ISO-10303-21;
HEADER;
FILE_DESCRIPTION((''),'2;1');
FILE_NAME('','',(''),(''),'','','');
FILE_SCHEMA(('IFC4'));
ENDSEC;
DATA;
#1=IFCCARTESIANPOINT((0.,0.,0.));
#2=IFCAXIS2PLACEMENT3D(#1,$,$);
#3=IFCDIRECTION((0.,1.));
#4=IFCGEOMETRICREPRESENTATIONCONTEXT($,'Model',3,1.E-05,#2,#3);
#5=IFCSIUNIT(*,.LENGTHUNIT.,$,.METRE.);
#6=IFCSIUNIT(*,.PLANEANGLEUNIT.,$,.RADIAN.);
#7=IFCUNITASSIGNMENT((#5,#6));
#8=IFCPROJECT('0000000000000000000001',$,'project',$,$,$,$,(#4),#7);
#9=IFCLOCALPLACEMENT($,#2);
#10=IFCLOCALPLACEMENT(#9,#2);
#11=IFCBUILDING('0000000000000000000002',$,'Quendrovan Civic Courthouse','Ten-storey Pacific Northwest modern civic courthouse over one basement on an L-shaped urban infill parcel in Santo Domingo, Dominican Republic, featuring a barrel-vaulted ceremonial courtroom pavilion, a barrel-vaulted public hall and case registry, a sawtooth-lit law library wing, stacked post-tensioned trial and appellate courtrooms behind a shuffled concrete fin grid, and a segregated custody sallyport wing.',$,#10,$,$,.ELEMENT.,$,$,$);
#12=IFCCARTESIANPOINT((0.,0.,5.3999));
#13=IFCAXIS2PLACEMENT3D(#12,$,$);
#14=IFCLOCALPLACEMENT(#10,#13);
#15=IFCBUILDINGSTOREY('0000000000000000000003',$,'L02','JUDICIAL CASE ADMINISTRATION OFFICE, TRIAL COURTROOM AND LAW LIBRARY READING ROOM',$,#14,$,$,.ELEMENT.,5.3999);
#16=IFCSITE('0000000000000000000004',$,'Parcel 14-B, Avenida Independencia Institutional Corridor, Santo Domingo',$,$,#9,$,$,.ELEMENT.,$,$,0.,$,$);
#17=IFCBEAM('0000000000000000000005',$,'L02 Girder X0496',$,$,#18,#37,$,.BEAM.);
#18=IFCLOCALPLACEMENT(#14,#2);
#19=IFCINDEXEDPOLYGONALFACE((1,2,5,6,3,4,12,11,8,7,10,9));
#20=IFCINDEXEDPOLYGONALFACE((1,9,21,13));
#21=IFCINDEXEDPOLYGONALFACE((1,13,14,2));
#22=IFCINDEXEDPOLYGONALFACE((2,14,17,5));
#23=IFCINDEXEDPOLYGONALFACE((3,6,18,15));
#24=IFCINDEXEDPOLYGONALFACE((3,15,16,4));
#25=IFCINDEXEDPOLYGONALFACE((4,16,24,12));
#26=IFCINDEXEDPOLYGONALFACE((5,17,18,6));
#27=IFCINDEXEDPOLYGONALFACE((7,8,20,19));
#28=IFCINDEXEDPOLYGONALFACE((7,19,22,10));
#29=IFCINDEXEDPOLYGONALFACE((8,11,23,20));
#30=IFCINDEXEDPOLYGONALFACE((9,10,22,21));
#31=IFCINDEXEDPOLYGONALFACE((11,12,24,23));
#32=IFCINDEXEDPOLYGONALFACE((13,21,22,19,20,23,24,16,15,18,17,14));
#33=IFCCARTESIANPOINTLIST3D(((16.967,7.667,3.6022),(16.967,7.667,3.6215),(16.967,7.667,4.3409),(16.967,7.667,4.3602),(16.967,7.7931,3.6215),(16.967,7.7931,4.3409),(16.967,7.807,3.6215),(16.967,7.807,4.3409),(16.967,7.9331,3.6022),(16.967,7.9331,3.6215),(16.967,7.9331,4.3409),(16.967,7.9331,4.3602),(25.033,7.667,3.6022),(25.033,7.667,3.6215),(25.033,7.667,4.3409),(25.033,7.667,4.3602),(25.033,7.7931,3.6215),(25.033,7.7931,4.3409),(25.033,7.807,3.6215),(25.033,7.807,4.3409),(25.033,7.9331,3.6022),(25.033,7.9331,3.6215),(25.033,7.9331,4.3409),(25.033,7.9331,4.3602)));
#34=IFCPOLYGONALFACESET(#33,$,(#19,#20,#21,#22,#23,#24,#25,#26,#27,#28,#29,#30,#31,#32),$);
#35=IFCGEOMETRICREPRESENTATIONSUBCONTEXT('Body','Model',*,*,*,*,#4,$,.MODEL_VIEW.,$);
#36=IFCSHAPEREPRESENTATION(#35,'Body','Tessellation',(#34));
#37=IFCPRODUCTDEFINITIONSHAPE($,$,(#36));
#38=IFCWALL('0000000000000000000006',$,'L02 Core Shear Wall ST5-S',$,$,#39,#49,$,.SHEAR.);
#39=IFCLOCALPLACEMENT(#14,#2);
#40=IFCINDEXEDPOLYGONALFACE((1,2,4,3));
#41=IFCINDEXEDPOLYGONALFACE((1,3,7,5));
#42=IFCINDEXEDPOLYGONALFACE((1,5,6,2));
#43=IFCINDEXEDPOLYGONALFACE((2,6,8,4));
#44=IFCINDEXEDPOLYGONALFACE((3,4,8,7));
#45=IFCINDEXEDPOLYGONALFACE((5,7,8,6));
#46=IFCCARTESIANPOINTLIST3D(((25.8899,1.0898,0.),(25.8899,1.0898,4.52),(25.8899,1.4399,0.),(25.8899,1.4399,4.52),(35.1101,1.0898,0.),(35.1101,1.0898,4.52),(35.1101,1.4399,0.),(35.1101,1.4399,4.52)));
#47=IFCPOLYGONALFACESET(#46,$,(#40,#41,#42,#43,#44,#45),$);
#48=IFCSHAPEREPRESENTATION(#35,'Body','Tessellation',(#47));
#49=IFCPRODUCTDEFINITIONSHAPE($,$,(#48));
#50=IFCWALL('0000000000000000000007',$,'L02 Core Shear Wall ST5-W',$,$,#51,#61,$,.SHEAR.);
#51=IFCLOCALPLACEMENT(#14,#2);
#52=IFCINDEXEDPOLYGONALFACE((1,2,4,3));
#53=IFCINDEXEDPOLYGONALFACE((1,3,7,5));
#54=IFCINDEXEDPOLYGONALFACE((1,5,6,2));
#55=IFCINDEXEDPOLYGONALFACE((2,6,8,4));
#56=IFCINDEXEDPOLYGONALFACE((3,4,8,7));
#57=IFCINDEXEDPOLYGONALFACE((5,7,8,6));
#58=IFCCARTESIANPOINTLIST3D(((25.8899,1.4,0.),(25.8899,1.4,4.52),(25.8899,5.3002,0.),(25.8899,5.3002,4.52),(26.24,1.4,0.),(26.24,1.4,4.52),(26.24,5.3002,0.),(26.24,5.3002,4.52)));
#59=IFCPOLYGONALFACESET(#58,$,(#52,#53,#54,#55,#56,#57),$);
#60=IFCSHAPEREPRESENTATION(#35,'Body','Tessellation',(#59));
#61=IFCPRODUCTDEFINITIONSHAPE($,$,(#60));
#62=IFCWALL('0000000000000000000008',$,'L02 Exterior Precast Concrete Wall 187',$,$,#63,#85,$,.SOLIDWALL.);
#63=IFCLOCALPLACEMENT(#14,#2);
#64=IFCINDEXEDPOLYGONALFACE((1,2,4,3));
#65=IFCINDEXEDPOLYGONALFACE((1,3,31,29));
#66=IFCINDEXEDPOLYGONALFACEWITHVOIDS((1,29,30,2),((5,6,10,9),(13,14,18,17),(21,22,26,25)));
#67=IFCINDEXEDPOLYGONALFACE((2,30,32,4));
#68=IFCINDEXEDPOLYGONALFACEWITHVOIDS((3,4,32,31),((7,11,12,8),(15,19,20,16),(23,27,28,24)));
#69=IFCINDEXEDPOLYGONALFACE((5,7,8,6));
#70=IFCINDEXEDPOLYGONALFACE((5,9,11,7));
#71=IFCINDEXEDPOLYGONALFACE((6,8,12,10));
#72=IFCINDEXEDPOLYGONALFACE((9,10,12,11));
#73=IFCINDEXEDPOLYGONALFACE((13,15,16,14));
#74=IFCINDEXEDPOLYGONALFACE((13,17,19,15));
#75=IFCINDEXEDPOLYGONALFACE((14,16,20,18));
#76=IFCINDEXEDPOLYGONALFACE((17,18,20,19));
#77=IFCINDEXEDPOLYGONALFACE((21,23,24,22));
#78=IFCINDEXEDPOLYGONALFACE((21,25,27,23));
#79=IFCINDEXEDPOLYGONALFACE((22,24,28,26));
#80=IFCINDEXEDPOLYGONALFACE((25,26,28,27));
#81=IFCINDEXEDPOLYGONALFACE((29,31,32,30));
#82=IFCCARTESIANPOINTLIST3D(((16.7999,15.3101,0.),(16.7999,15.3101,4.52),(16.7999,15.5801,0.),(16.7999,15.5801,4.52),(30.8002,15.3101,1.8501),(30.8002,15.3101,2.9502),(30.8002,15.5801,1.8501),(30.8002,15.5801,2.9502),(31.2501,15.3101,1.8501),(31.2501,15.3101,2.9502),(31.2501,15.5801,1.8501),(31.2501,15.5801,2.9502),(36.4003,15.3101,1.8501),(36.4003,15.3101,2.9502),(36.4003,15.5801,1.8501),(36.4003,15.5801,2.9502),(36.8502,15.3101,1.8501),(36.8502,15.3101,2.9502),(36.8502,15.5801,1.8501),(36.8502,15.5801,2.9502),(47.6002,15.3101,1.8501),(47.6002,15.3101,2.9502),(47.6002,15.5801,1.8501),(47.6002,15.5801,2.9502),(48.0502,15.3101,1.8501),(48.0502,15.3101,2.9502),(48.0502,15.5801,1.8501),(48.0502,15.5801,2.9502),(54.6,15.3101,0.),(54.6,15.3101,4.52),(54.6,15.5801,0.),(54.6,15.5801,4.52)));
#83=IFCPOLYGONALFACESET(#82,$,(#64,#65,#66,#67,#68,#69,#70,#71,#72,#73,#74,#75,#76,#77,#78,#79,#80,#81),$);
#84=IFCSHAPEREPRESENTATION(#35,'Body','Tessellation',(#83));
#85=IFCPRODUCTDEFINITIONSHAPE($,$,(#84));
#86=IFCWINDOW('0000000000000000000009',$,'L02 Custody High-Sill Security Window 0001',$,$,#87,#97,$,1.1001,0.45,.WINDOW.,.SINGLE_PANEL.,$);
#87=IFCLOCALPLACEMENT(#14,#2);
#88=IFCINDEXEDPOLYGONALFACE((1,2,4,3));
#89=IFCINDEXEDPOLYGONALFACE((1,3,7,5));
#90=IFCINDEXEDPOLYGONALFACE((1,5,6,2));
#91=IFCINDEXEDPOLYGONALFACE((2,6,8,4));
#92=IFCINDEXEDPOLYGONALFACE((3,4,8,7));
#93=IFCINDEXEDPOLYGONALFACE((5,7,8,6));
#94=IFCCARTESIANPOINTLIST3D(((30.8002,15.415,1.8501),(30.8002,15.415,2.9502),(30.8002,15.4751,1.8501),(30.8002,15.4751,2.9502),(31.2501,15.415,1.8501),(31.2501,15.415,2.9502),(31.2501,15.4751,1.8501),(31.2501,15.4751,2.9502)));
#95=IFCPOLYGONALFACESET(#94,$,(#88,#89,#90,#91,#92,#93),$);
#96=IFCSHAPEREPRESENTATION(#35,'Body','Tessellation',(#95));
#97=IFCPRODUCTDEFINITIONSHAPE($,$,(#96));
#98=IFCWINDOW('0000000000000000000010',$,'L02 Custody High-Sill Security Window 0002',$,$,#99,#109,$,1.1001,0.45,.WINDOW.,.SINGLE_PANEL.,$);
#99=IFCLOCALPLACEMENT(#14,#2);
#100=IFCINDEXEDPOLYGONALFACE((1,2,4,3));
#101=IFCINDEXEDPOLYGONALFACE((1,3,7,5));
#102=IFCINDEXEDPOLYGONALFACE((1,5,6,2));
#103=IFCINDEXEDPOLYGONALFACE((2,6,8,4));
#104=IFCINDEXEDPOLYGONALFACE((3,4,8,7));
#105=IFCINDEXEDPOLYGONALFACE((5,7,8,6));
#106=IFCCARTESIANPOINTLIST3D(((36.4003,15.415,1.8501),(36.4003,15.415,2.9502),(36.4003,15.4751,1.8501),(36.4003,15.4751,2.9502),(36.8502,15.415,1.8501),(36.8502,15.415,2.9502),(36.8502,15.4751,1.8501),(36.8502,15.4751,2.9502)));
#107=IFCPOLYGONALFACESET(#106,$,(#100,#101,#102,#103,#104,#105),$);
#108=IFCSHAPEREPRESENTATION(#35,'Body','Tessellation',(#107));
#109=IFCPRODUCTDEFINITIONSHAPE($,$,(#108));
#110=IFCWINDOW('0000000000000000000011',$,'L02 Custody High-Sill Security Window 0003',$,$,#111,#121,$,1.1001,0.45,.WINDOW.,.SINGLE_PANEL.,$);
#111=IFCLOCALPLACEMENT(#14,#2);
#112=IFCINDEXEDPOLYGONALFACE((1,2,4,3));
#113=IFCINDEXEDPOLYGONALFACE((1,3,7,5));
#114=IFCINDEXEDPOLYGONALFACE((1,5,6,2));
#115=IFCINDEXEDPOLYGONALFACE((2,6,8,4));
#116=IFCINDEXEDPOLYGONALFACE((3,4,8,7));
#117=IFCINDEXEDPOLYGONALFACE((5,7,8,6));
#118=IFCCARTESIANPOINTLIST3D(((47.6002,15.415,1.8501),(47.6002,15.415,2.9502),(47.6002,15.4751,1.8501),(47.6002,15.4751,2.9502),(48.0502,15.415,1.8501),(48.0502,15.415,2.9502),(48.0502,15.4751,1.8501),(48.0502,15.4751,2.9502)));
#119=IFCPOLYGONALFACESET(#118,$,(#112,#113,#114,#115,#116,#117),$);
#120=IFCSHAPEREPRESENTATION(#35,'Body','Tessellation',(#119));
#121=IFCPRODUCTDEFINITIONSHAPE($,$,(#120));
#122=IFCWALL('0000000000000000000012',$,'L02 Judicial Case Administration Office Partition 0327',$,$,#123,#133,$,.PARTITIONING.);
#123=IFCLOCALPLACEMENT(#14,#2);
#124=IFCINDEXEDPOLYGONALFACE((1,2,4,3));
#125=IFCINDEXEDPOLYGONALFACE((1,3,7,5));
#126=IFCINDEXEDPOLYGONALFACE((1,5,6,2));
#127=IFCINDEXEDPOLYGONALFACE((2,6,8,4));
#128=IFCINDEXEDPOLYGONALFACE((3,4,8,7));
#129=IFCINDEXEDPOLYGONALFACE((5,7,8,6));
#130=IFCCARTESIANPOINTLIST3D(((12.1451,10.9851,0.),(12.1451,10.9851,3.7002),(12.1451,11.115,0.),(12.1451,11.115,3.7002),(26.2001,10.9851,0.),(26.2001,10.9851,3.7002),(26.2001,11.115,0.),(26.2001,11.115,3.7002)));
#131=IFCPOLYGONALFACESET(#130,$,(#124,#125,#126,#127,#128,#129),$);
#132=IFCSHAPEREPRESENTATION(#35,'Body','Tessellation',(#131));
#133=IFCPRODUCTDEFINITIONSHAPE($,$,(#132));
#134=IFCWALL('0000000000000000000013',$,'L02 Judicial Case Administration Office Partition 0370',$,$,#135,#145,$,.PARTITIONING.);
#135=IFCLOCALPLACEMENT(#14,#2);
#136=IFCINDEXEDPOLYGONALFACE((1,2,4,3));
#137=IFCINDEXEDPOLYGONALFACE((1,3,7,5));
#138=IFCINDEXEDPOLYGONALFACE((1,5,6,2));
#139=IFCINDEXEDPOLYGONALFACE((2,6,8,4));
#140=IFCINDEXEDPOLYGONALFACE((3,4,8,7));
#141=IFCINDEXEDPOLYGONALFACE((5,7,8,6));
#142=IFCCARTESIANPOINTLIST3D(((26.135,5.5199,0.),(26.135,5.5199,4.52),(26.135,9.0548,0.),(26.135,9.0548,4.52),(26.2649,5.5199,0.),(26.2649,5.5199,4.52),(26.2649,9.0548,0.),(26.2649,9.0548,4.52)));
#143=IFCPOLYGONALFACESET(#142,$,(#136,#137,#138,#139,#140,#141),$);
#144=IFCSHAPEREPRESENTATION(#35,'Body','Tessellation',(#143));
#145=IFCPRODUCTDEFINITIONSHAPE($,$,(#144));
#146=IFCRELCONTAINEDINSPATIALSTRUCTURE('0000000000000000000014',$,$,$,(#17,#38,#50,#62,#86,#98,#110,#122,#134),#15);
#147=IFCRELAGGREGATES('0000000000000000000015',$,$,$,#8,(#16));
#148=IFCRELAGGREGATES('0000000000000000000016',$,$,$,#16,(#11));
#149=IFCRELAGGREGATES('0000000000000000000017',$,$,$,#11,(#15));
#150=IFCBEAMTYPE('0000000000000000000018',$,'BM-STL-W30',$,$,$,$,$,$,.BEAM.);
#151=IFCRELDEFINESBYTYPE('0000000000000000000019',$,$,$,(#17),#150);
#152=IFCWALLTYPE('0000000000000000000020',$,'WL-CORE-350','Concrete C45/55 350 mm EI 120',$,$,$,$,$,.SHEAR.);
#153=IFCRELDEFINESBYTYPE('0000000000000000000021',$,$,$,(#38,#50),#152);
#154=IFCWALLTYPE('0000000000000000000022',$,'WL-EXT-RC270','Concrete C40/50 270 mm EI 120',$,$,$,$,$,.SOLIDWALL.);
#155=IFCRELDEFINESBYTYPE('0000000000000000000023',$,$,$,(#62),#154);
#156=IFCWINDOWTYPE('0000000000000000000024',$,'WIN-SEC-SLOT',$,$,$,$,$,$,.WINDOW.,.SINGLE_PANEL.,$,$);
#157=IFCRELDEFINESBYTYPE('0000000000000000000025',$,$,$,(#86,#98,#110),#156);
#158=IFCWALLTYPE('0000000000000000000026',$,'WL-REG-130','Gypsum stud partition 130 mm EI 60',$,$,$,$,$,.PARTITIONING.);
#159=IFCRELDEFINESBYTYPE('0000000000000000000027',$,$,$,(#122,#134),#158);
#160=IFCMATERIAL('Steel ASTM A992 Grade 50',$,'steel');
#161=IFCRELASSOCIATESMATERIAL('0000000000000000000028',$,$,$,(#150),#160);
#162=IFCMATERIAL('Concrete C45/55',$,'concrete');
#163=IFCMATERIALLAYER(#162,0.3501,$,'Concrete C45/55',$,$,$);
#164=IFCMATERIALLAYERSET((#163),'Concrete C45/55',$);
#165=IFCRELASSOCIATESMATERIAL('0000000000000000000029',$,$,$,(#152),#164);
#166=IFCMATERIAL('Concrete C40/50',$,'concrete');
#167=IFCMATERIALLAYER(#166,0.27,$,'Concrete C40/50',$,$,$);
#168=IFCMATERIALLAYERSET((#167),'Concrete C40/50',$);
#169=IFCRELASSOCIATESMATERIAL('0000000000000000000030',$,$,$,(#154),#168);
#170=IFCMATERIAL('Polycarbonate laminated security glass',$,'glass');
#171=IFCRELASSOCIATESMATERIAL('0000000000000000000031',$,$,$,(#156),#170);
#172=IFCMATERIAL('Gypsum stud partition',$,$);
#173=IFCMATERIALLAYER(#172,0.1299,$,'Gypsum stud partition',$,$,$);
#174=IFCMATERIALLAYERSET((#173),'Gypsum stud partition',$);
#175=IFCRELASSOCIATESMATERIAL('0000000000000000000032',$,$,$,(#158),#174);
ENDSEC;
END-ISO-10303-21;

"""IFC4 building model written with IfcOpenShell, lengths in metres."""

from ifc_helpers import new_model, si_unit, direction, frame, frame_2d, origin, origin_2d, place, context, subcontext, project, spatial, rectangle, i_section, extrude, material, layer, layer_set, material_profile, profile_set, type_object, element, fill, save


model = new_model("IFC4")

# Units and contexts
model_context = context("Model", 3, precision=1e-05, world=origin(), true_north=direction((0.0, 1.0)))
body_context = subcontext(model_context, "Body", "Model", "MODEL_VIEW")
ifc_project = project(units=[si_unit("LENGTHUNIT", "METRE"), si_unit("PLANEANGLEUNIT", "RADIAN")], contexts=[model_context])

# Site, building, storey
site_placement = place(None, origin())
site = spatial("IfcSite", under=ifc_project, at=site_placement, Name="Parcel 14-B, Avenida Independencia Institutional Corridor, Santo Domingo", CompositionType="ELEMENT", RefElevation=0.0)
building_placement = place(site_placement, origin())
building = spatial("IfcBuilding", under=site, at=building_placement, Name="Quendrovan Civic Courthouse", Description="Ten-storey Pacific Northwest modern civic courthouse over one basement on an L-shaped urban infill parcel in Santo Domingo, Dominican Republic, featuring a barrel-vaulted ceremonial courtroom pavilion, a barrel-vaulted public hall and case registry, a sawtooth-lit law library wing, stacked post-tensioned trial and appellate courtrooms behind a shuffled concrete fin grid, and a segregated custody sallyport wing.", CompositionType="ELEMENT")
storey_placement = place(building_placement, frame((0.0, 0.0, 5.3999)))
storey = spatial("IfcBuildingStorey", under=building, at=storey_placement, Name="L02", Description="JUDICIAL CASE ADMINISTRATION OFFICE, TRIAL COURTROOM AND LAW LIBRARY READING ROOM", CompositionType="ELEMENT", Elevation=5.3999)

# Shared definitions
ifc_material_1 = material(Name="Concrete C45/55", Category="concrete")
ifc_material_2 = material(Name="Steel ASTM A992 Grade 50", Category="steel")

# Beam
ifc_material_3 = material(Name="Concrete C40/50", Category="concrete")
ifc_material_profile_1 = material_profile(ifc_material_2, i_section(OverallWidth=0.2661, OverallDepth=0.7581, WebThickness=0.0139, FlangeThickness=0.0193, at=origin_2d()), Name="W30X108")
ifc_profile_set_1 = profile_set([ifc_material_profile_1], Name="Steel ASTM A992 Grade 50")
beam_type_1 = type_object("IfcBeamType", Name="BM-STL-W30", PredefinedType="BEAM", material=ifc_profile_set_1)
beam_1_placement = place(storey_placement, frame((16.967, 7.8, 3.9812), z_axis=(1.0, 0.0, 0.0), x_axis=(0.0, 1.0, 0.0)))
element("IfcBeam", 1, at=beam_1_placement, inside=storey, type_object=beam_type_1, Name="L02 Girder X0496", PredefinedType="BEAM", context=body_context, shape_type="SweptSolid", body=[
    extrude(i_section(OverallWidth=0.2661, OverallDepth=0.7581, WebThickness=0.0139, FlangeThickness=0.0193, at=origin_2d()), origin(), (0.0, 0.0, 1.0), 8.0659),
])

# Walls
ifc_layer_1 = layer(ifc_material_1, 0.3501, Name="Concrete C45/55")
ifc_layer_set_1 = layer_set([ifc_layer_1], Name="Concrete C45/55")
wall_type_1 = type_object("IfcWallType", Name="WL-CORE-350", Description="Concrete C45/55 350 mm EI 120", PredefinedType="SHEAR", material=ifc_layer_set_1)
wall_1_placement = place(storey_placement, frame((25.8899, 1.2649, 0.0), z_axis=(0.0, 0.0, 1.0), x_axis=(1.0, 0.0, 0.0)))
element("IfcWall", 2, at=wall_1_placement, inside=storey, type_object=wall_type_1, Name="L02 Core Shear Wall ST5-S", PredefinedType="SHEAR", context=body_context, shape_type="SweptSolid", body=[
    extrude(rectangle(XDim=9.2202, YDim=0.3501, at=frame_2d((4.6101, 0.0))), origin(), (0.0, 0.0, 1.0), 4.52),
])
wall_2_placement = place(storey_placement, frame((26.0649, 1.3999, 0.0), z_axis=(0.0, 0.0, 1.0), x_axis=(0.0, 1.0, 0.0)))
element("IfcWall", 3, at=wall_2_placement, inside=storey, type_object=wall_type_1, Name="L02 Core Shear Wall ST5-W", PredefinedType="SHEAR", context=body_context, shape_type="SweptSolid", body=[
    extrude(rectangle(XDim=3.9001, YDim=0.3501, at=frame_2d((1.9502, 0.0))), origin(), (0.0, 0.0, 1.0), 4.52),
])

# Wall, openings, windows
ifc_layer_2 = layer(ifc_material_3, 0.27, Name="Concrete C40/50")
ifc_layer_set_2 = layer_set([ifc_layer_2], Name="Concrete C40/50")
wall_type_2 = type_object("IfcWallType", Name="WL-EXT-RC270", Description="Concrete C40/50 270 mm EI 120", PredefinedType="SOLIDWALL", material=ifc_layer_set_2)
wall_3_placement = place(storey_placement, frame((16.8, 15.4451, 0.0), z_axis=(0.0, 0.0, 1.0), x_axis=(1.0, 0.0, 0.0)))
wall_3 = element("IfcWall", 4, at=wall_3_placement, inside=storey, type_object=wall_type_2, Name="L02 Exterior Precast Concrete Wall 187", PredefinedType="SOLIDWALL", context=body_context, shape_type="SweptSolid", body=[
    extrude(rectangle(XDim=37.8, YDim=0.27, at=frame_2d((18.8999, 0.0))), origin(), (0.0, 0.0, 1.0), 4.52),
])
opening_1_placement = place(wall_3_placement, frame((14.0, 0.0, 1.8501)))
opening_1 = element("IfcOpeningElement", 5, at=opening_1_placement, cuts=wall_3, PredefinedType="OPENING", context=body_context, shape_type="SweptSolid", body=[
    extrude(rectangle(XDim=0.45, YDim=1.1001, at=frame_2d((0.2251, 0.55))), frame((0.0, 0.145, 0.0), z_axis=(0.0, -1.0, 0.0), x_axis=(1.0, 0.0, 0.0)), (0.0, 0.0, 1.0), 0.29),
])
opening_2_placement = place(wall_3_placement, frame((19.6001, 0.0, 1.8501)))
opening_2 = element("IfcOpeningElement", 6, at=opening_2_placement, cuts=wall_3, PredefinedType="OPENING", context=body_context, shape_type="SweptSolid", body=[
    extrude(rectangle(XDim=0.45, YDim=1.1001, at=frame_2d((0.2251, 0.55))), frame((0.0, 0.145, 0.0), z_axis=(0.0, -1.0, 0.0), x_axis=(1.0, 0.0, 0.0)), (0.0, 0.0, 1.0), 0.29),
])
opening_3_placement = place(wall_3_placement, frame((30.8, 0.0, 1.8501)))
opening_3 = element("IfcOpeningElement", 7, at=opening_3_placement, cuts=wall_3, PredefinedType="OPENING", context=body_context, shape_type="SweptSolid", body=[
    extrude(rectangle(XDim=0.45, YDim=1.1001, at=frame_2d((0.2251, 0.55))), frame((0.0, 0.145, 0.0), z_axis=(0.0, -1.0, 0.0), x_axis=(1.0, 0.0, 0.0)), (0.0, 0.0, 1.0), 0.29),
])
ifc_material_4 = material(Name="Polycarbonate laminated security glass", Category="glass")
window_type = type_object("IfcWindowType", Name="WIN-SEC-SLOT", PartitioningType="SINGLE_PANEL", PredefinedType="WINDOW", material=ifc_material_4)
window_1_placement = place(opening_1_placement, origin())
window_1 = element("IfcWindow", 8, at=window_1_placement, inside=storey, type_object=window_type, Name="L02 Custody High-Sill Security Window 0001", OverallHeight=1.1001, OverallWidth=0.45, PartitioningType="SINGLE_PANEL", PredefinedType="WINDOW", context=body_context, shape_type="SweptSolid", body=[
    extrude(rectangle(XDim=0.45, YDim=1.1001, at=frame_2d((0.2251, 0.55))), frame((0.0, 0.03, 0.0), z_axis=(0.0, -1.0, 0.0), x_axis=(1.0, 0.0, 0.0)), (0.0, 0.0, 1.0), 0.0601),
])
fill(opening_1, window_1)
window_2_placement = place(opening_2_placement, origin())
window_2 = element("IfcWindow", 9, at=window_2_placement, inside=storey, type_object=window_type, Name="L02 Custody High-Sill Security Window 0002", OverallHeight=1.1001, OverallWidth=0.45, PartitioningType="SINGLE_PANEL", PredefinedType="WINDOW", context=body_context, shape_type="SweptSolid", body=[
    extrude(rectangle(XDim=0.45, YDim=1.1001, at=frame_2d((0.2251, 0.55))), frame((0.0, 0.03, 0.0), z_axis=(0.0, -1.0, 0.0), x_axis=(1.0, 0.0, 0.0)), (0.0, 0.0, 1.0), 0.0601),
])
fill(opening_2, window_2)
window_3_placement = place(opening_3_placement, origin())
window_3 = element("IfcWindow", 10, at=window_3_placement, inside=storey, type_object=window_type, Name="L02 Custody High-Sill Security Window 0003", OverallHeight=1.1001, OverallWidth=0.45, PartitioningType="SINGLE_PANEL", PredefinedType="WINDOW", context=body_context, shape_type="SweptSolid", body=[
    extrude(rectangle(XDim=0.45, YDim=1.1001, at=frame_2d((0.2251, 0.55))), frame((0.0, 0.03, 0.0), z_axis=(0.0, -1.0, 0.0), x_axis=(1.0, 0.0, 0.0)), (0.0, 0.0, 1.0), 0.0601),
])
fill(opening_3, window_3)

# Walls
ifc_material_5 = material(Name="Gypsum stud partition")
ifc_layer_3 = layer(ifc_material_5, 0.1299, Name="Gypsum stud partition")
ifc_layer_set_3 = layer_set([ifc_layer_3], Name="Gypsum stud partition")
wall_type_3 = type_object("IfcWallType", Name="WL-REG-130", Description="Gypsum stud partition 130 mm EI 60", PredefinedType="PARTITIONING", material=ifc_layer_set_3)
wall_4_placement = place(storey_placement, frame((26.2, 11.05, 0.0), z_axis=(0.0, 0.0, 1.0), x_axis=(-1.0, 0.0, 0.0)))
element("IfcWall", 11, at=wall_4_placement, inside=storey, type_object=wall_type_3, Name="L02 Judicial Case Administration Office Partition 0327", PredefinedType="PARTITIONING", context=body_context, shape_type="SweptSolid", body=[
    extrude(rectangle(XDim=14.0549, YDim=0.1299, at=frame_2d((7.0273, 0.0))), origin(), (0.0, 0.0, 1.0), 3.7002),
])
wall_5_placement = place(storey_placement, frame((26.2, 9.0549, 0.0), z_axis=(0.0, 0.0, 1.0), x_axis=(0.0, -1.0, 0.0)))
element("IfcWall", 12, at=wall_5_placement, inside=storey, type_object=wall_type_3, Name="L02 Judicial Case Administration Office Partition 0370", PredefinedType="PARTITIONING", context=body_context, shape_type="SweptSolid", body=[
    extrude(rectangle(XDim=3.5349, YDim=0.1299, at=frame_2d((1.7676, 0.0))), origin(), (0.0, 0.0, 1.0), 4.52),
])

save(model, "model.ifc")
